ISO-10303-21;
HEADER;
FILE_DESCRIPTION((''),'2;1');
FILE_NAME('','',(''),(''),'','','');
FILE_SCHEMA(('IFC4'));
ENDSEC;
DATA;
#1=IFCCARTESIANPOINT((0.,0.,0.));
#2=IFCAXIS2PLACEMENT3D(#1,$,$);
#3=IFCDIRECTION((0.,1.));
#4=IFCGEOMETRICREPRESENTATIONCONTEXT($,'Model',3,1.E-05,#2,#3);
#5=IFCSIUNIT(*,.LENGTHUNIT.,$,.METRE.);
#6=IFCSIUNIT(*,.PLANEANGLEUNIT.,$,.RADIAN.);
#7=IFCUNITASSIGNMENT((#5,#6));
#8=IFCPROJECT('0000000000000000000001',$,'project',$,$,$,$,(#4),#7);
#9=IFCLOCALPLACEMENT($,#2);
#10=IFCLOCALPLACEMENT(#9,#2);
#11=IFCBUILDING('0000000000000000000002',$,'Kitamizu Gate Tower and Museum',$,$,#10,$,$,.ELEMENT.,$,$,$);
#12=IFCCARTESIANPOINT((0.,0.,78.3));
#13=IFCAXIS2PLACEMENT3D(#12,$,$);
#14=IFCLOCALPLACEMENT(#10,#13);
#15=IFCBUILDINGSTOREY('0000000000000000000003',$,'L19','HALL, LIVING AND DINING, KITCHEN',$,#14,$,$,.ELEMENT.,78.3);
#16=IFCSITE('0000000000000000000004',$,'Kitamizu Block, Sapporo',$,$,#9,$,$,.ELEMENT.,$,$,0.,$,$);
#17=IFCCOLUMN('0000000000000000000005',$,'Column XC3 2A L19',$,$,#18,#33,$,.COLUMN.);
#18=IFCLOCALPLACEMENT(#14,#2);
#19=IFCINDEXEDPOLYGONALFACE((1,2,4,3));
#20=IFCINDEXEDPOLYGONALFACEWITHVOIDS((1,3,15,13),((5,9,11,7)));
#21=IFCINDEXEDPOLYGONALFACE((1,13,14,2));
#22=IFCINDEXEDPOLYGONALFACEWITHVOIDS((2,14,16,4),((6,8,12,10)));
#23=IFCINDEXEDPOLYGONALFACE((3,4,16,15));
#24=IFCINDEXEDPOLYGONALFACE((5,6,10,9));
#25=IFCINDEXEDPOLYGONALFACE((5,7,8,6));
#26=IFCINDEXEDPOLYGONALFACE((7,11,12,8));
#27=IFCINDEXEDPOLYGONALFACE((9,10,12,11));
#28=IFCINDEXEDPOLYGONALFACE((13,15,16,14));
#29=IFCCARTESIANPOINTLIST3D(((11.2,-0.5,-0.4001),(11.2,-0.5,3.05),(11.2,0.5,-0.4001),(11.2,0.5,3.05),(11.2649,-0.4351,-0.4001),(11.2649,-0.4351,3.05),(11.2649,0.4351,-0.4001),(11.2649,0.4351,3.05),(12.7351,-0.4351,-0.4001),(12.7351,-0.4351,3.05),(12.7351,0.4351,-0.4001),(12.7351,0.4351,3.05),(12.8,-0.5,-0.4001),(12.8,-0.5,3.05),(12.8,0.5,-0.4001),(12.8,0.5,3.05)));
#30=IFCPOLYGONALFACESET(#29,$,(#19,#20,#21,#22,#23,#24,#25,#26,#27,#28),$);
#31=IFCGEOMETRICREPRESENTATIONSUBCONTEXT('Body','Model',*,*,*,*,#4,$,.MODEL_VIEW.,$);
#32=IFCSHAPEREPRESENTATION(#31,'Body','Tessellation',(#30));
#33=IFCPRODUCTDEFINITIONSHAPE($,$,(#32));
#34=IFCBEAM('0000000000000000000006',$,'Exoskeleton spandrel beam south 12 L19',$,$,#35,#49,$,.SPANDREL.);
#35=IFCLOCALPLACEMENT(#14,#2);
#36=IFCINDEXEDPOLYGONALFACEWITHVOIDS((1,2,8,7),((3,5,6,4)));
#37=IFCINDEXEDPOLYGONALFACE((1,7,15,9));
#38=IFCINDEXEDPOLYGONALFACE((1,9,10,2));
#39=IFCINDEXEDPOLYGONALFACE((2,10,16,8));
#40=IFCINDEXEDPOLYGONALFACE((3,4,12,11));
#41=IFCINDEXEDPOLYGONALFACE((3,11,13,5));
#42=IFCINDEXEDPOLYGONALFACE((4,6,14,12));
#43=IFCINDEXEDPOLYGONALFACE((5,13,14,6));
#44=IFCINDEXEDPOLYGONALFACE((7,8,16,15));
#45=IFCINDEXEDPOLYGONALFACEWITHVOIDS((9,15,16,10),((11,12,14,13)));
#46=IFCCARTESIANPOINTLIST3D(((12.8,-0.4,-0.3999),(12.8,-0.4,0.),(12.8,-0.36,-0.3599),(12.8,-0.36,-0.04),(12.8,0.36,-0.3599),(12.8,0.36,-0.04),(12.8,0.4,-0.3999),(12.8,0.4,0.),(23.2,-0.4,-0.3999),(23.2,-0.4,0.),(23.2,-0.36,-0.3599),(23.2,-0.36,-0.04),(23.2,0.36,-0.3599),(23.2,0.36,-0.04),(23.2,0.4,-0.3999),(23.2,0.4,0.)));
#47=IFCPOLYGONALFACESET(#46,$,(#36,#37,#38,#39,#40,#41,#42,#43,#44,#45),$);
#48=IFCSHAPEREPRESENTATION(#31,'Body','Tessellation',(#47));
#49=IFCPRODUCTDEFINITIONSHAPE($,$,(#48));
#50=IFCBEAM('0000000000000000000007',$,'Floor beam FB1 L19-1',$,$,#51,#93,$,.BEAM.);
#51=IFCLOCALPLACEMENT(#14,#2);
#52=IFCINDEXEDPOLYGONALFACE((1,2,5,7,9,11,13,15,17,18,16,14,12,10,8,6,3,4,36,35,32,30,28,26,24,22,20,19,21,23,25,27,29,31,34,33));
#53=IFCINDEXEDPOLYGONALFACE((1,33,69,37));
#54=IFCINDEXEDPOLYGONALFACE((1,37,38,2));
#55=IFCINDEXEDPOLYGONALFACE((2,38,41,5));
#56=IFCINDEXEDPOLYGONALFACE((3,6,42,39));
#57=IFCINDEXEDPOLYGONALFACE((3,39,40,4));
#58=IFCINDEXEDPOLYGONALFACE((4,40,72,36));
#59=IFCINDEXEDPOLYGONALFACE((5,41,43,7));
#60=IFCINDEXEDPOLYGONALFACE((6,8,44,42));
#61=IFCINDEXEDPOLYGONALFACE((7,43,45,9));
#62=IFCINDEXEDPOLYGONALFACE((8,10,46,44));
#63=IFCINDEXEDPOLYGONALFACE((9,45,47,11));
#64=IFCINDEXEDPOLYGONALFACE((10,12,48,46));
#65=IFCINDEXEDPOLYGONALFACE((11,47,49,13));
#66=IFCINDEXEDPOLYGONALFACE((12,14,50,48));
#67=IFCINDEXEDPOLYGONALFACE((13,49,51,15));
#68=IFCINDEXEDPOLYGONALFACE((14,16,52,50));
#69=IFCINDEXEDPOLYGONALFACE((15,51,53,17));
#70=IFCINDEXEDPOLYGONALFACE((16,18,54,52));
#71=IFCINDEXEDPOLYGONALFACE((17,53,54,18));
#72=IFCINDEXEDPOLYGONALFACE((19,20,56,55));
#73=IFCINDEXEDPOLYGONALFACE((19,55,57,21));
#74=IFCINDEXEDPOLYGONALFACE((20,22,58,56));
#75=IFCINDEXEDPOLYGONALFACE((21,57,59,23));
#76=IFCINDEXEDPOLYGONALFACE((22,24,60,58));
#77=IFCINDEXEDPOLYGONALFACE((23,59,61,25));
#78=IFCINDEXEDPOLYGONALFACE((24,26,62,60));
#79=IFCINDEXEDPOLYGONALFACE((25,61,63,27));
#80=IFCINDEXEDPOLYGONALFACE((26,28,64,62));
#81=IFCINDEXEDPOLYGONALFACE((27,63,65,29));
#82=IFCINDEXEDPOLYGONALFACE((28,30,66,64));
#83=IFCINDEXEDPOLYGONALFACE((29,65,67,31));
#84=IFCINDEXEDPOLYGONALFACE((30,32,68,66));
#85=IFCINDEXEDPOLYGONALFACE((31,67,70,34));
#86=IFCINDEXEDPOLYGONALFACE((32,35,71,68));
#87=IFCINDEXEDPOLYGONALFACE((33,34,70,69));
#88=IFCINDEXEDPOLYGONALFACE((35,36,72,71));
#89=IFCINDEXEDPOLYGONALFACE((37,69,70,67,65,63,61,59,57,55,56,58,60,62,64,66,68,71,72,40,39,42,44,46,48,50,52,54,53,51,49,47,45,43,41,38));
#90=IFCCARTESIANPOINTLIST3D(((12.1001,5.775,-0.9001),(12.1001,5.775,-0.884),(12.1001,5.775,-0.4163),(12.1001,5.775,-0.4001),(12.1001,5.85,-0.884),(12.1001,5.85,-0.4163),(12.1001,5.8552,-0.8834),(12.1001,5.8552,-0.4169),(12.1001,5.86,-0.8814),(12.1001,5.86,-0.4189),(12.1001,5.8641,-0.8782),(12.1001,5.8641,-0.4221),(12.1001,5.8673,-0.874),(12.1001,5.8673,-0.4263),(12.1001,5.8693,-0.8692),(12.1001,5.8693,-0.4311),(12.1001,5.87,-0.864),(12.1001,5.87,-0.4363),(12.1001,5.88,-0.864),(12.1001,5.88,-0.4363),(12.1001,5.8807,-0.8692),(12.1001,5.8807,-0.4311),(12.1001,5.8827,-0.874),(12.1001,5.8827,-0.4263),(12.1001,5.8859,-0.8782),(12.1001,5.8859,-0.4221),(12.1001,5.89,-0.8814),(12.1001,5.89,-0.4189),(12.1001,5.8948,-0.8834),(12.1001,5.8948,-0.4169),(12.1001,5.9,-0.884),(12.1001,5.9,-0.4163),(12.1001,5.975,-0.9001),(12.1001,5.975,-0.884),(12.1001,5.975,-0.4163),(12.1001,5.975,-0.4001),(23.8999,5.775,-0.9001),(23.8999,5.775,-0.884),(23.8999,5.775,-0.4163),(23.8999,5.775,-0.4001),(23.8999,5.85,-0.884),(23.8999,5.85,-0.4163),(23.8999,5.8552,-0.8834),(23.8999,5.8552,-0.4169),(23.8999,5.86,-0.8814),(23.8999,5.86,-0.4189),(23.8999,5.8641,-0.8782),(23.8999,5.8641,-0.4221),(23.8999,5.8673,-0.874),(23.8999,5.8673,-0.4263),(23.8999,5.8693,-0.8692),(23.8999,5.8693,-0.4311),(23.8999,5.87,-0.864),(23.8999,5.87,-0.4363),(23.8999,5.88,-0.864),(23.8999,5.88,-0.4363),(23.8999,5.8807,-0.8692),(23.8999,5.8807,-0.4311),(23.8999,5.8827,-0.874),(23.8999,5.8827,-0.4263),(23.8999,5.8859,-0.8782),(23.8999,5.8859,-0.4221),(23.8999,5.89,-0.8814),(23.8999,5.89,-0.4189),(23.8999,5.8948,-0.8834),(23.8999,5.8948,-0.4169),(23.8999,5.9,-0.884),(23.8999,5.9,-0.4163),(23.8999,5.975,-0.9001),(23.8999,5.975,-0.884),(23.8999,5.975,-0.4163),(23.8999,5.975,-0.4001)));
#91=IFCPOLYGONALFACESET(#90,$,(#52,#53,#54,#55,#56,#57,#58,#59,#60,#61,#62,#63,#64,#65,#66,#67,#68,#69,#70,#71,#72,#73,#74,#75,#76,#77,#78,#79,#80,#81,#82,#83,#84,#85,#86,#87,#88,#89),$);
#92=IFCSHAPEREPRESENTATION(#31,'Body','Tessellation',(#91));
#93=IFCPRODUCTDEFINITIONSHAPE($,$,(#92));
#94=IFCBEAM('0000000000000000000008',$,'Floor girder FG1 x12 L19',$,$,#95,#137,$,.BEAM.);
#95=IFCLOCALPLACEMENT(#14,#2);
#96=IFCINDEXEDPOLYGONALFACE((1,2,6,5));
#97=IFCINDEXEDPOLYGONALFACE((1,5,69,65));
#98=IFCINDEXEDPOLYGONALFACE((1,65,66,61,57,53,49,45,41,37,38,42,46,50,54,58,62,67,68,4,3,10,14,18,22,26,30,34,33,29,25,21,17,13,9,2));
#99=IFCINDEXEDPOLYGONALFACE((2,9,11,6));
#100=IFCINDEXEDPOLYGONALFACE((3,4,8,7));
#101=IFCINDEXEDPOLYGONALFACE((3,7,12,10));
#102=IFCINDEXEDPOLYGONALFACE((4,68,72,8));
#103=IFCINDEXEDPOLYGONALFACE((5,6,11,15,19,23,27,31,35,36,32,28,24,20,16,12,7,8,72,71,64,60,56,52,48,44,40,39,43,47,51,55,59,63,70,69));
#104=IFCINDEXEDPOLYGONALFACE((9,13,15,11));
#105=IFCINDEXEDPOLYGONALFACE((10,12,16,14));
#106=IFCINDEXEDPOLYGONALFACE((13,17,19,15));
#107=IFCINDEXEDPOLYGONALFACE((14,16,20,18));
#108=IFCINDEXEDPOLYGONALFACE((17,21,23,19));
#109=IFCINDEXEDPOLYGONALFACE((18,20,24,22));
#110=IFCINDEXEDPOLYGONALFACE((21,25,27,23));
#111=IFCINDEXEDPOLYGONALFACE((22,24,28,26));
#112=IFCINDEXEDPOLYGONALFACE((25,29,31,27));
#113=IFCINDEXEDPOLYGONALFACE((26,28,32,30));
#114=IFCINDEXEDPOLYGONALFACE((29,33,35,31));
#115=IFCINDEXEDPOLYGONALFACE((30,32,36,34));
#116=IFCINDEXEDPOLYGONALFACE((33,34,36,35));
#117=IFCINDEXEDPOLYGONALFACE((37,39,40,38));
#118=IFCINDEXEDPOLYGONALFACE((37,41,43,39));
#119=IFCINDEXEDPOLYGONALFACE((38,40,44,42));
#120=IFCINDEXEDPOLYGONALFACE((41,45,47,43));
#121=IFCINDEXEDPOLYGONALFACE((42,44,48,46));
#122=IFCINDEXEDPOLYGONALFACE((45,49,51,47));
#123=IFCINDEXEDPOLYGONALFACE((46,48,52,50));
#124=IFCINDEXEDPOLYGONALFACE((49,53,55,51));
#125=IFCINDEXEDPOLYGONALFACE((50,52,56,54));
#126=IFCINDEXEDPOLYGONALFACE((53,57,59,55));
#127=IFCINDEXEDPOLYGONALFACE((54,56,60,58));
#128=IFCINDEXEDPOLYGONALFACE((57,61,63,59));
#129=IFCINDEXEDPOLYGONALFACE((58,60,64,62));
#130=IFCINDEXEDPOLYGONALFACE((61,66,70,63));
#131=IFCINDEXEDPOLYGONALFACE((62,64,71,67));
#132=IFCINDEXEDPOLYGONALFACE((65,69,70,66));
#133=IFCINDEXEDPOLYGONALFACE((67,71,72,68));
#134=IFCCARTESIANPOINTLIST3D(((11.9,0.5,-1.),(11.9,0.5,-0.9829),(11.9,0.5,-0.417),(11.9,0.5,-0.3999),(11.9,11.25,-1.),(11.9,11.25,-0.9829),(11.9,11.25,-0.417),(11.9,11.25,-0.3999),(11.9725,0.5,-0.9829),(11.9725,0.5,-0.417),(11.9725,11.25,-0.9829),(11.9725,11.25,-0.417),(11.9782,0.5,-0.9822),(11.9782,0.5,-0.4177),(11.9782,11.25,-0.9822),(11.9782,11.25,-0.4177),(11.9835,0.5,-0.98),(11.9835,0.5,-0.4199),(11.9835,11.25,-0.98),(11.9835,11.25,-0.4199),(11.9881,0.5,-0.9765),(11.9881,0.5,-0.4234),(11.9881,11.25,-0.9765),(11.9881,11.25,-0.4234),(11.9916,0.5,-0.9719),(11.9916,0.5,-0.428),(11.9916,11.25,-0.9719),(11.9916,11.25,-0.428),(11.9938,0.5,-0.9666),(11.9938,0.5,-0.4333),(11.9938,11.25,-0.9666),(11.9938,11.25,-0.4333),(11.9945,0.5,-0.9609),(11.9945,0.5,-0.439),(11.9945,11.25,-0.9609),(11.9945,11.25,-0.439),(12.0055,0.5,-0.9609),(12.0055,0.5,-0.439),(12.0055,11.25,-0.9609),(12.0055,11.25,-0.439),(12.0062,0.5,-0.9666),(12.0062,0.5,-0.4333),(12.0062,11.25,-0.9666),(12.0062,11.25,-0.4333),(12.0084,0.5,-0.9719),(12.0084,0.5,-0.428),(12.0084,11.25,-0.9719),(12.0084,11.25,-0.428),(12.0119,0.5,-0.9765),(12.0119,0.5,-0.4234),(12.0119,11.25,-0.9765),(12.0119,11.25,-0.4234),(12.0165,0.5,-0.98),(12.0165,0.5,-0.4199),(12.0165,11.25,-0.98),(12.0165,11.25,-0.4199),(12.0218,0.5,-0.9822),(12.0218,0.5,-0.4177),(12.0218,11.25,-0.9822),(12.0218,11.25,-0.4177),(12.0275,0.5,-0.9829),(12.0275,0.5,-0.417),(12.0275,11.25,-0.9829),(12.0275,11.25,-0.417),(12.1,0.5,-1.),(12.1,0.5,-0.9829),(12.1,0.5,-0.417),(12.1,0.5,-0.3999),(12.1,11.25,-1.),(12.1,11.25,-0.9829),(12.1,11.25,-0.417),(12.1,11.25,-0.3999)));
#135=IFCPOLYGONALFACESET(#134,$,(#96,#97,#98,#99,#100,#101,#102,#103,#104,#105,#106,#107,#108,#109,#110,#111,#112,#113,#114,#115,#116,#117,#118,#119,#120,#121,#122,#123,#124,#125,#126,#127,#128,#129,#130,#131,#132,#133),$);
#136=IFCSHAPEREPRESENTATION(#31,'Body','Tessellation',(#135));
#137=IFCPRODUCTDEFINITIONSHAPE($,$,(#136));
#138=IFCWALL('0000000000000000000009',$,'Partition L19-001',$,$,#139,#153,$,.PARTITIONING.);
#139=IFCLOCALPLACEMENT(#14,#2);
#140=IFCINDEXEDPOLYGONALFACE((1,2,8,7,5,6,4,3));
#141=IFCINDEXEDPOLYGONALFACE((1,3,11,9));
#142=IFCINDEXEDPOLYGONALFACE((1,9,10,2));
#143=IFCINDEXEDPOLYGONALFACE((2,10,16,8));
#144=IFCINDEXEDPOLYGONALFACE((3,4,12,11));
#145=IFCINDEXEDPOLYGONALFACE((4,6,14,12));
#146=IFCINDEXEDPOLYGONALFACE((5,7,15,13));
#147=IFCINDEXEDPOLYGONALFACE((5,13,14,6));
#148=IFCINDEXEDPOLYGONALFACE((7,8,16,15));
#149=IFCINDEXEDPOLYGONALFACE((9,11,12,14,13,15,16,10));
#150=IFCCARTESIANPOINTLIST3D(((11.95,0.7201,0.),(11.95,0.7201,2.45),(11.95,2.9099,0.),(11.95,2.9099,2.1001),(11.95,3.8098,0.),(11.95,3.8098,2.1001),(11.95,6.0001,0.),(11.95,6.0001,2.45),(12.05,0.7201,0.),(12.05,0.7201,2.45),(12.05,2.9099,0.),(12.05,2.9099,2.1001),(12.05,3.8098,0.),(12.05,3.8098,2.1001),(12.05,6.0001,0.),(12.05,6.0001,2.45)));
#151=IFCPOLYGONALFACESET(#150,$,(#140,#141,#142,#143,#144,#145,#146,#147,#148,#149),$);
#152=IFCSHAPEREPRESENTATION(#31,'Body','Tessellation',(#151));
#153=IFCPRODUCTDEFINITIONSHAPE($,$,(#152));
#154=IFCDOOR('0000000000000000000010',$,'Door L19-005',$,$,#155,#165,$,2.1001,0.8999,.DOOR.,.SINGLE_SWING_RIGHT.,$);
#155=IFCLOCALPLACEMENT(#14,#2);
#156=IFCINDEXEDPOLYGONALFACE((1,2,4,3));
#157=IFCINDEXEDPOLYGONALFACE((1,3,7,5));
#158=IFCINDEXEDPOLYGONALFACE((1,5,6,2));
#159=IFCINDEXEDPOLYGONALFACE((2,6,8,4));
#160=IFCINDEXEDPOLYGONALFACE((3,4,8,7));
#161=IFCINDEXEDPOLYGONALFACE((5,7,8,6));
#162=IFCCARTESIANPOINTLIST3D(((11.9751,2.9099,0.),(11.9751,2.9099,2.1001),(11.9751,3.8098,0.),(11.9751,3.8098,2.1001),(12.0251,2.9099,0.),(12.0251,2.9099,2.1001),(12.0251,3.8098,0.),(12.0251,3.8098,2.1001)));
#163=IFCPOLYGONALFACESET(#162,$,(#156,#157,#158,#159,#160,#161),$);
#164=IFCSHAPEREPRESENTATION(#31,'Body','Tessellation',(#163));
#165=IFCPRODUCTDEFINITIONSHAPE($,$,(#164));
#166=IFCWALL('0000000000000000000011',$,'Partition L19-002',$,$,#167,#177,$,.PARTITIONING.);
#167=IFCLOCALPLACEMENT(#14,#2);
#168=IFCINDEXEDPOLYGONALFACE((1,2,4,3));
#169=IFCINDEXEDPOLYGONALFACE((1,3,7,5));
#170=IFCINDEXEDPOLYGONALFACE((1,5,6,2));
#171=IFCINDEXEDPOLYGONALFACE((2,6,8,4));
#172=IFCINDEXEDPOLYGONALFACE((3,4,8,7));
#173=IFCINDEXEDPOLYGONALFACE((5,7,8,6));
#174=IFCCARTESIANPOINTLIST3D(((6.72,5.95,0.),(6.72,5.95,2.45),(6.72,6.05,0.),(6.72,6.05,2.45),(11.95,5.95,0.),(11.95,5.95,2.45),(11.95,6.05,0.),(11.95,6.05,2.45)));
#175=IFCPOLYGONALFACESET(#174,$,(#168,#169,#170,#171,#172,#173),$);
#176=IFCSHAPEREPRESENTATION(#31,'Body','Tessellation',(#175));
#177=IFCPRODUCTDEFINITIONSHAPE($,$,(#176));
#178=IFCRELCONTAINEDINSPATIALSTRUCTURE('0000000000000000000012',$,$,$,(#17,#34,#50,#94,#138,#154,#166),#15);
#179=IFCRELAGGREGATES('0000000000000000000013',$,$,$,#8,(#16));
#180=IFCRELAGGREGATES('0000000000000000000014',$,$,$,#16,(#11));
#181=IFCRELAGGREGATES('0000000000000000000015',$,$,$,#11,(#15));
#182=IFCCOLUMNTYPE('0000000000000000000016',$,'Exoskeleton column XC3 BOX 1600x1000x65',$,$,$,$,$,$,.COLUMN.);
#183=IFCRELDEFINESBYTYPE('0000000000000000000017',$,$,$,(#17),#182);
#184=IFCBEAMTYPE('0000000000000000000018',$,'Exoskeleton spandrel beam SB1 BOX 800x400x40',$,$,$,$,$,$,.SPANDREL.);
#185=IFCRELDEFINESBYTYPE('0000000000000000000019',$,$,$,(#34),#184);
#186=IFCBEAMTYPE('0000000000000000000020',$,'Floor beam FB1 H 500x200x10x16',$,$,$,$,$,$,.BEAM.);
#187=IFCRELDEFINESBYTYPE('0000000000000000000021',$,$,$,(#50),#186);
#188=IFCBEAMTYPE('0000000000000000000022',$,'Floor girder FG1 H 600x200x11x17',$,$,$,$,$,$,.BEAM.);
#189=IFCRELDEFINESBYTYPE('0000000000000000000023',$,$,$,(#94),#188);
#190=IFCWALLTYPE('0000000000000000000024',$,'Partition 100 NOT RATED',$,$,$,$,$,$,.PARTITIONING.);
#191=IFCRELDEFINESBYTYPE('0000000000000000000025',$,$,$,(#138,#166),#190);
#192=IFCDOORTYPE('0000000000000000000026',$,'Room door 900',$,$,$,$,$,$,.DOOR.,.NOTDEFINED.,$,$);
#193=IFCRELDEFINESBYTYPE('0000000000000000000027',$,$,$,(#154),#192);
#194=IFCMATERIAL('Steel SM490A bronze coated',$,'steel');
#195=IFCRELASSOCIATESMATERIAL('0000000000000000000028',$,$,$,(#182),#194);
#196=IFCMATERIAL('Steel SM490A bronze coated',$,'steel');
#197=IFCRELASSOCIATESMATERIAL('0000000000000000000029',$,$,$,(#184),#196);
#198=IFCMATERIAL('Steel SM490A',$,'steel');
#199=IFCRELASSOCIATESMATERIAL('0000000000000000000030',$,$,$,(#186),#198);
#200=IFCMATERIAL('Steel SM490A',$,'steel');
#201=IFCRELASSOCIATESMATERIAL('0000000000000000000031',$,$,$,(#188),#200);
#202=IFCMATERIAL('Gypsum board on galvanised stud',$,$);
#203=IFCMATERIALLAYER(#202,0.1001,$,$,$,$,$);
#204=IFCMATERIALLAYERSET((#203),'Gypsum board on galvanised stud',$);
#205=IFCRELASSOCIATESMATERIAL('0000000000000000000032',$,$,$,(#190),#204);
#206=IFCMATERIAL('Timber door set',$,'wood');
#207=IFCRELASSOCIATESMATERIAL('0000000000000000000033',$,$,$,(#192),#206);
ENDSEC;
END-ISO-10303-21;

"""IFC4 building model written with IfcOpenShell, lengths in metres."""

from ifc_helpers import new_model, si_unit, direction, frame, frame_2d, origin, origin_2d, place, context, subcontext, project, spatial, rectangle, hollow_rectangle, i_section, extrude, material, layer, layer_set, material_profile, profile_set, type_object, element, fill, save


model = new_model("IFC4")

# Units and contexts
model_context = context("Model", 3, precision=1e-05, world=origin(), true_north=direction((0.0, 1.0)))
body_context = subcontext(model_context, "Body", "Model", "MODEL_VIEW")
ifc_project = project(units=[si_unit("LENGTHUNIT", "METRE"), si_unit("PLANEANGLEUNIT", "RADIAN")], contexts=[model_context])

# Site, building, storey
site_placement = place(None, origin())
site = spatial("IfcSite", under=ifc_project, at=site_placement, Name="Kitamizu Block, Sapporo", CompositionType="ELEMENT", RefElevation=0.0)
building_placement = place(site_placement, origin())
building = spatial("IfcBuilding", under=site, at=building_placement, Name="Kitamizu Gate Tower and Museum", CompositionType="ELEMENT")
storey_placement = place(building_placement, frame((0.0, 0.0, 78.3)))
storey = spatial("IfcBuildingStorey", under=building, at=storey_placement, Name="L19", Description="HALL, LIVING AND DINING, KITCHEN", CompositionType="ELEMENT", Elevation=78.3)

# Column
ifc_material_1 = material(Name="Steel SM490A bronze coated", Category="steel")
ifc_material_profile_1 = material_profile(ifc_material_1, hollow_rectangle(XDim=1.6001, YDim=1.0, WallThickness=0.0649, at=origin_2d()), Name="BOX 1600x1000x65")
ifc_profile_set_1 = profile_set([ifc_material_profile_1], Name="Steel SM490A bronze coated")
column_type = type_object("IfcColumnType", Name="Exoskeleton column XC3 BOX 1600x1000x65", PredefinedType="COLUMN", material=ifc_profile_set_1)
column_placement = place(storey_placement, frame((12.0, 0.0, -0.4001), z_axis=(0.0, 0.0, 1.0), x_axis=(1.0, 0.0, 0.0)))
element("IfcColumn", 1, at=column_placement, inside=storey, type_object=column_type, Name="Column XC3 2A L19", PredefinedType="COLUMN", context=body_context, shape_type="SweptSolid", body=[
    extrude(hollow_rectangle(XDim=1.6001, YDim=1.0, WallThickness=0.0649, at=origin_2d()), origin(), (0.0, 0.0, 1.0), 3.4502),
])

# Beams
ifc_material_2 = material(Name="Steel SM490A bronze coated", Category="steel")
ifc_material_profile_2 = material_profile(ifc_material_2, hollow_rectangle(XDim=0.8, YDim=0.3999, WallThickness=0.04, at=origin_2d()), Name="BOX 800x400x40")
ifc_profile_set_2 = profile_set([ifc_material_profile_2], Name="Steel SM490A bronze coated")
beam_type_1 = type_object("IfcBeamType", Name="Exoskeleton spandrel beam SB1 BOX 800x400x40", PredefinedType="SPANDREL", material=ifc_profile_set_2)
beam_1_placement = place(storey_placement, frame((12.8, 0.0, -0.2), z_axis=(1.0, 0.0, 0.0), x_axis=(0.0, 1.0, 0.0)))
element("IfcBeam", 2, at=beam_1_placement, inside=storey, type_object=beam_type_1, Name="Exoskeleton spandrel beam south 12 L19", PredefinedType="SPANDREL", context=body_context, shape_type="SweptSolid", body=[
    extrude(hollow_rectangle(XDim=0.8, YDim=0.3999, WallThickness=0.04, at=origin_2d()), origin(), (0.0, 0.0, 1.0), 10.3999),
])
ifc_material_3 = material(Name="Steel SM490A", Category="steel")
ifc_material_profile_3 = material_profile(ifc_material_3, i_section(OverallWidth=0.2, OverallDepth=0.5, WebThickness=0.01, FlangeThickness=0.0161, FilletRadius=0.02, at=origin_2d()), Name="H-500x200x10x16")
ifc_profile_set_3 = profile_set([ifc_material_profile_3], Name="Steel SM490A")
beam_type_2 = type_object("IfcBeamType", Name="Floor beam FB1 H 500x200x10x16", PredefinedType="BEAM", material=ifc_profile_set_3)
beam_2_placement = place(storey_placement, frame((12.1001, 5.875, -0.6501), z_axis=(1.0, 0.0, 0.0), x_axis=(0.0, 1.0, 0.0)))
element("IfcBeam", 3, at=beam_2_placement, inside=storey, type_object=beam_type_2, Name="Floor beam FB1 L19-1", PredefinedType="BEAM", context=body_context, shape_type="SweptSolid", body=[
    extrude(i_section(OverallWidth=0.2, OverallDepth=0.5, WebThickness=0.01, FlangeThickness=0.0161, FilletRadius=0.02, at=origin_2d()), origin(), (0.0, 0.0, 1.0), 11.7998),
])
ifc_material_4 = material(Name="Steel SM490A", Category="steel")
ifc_material_profile_4 = material_profile(ifc_material_4, i_section(OverallWidth=0.2, OverallDepth=0.6001, WebThickness=0.011, FlangeThickness=0.0171, FilletRadius=0.022, at=origin_2d()), Name="H-600x200x11x17")
ifc_profile_set_4 = profile_set([ifc_material_profile_4], Name="Steel SM490A")
beam_type_3 = type_object("IfcBeamType", Name="Floor girder FG1 H 600x200x11x17", PredefinedType="BEAM", material=ifc_profile_set_4)
beam_3_placement = place(storey_placement, frame((12.0, 0.5, -0.7), z_axis=(0.0, 1.0, 0.0), x_axis=(-1.0, 0.0, 0.0)))
element("IfcBeam", 4, at=beam_3_placement, inside=storey, type_object=beam_type_3, Name="Floor girder FG1 x12 L19", PredefinedType="BEAM", context=body_context, shape_type="SweptSolid", body=[
    extrude(i_section(OverallWidth=0.2, OverallDepth=0.6001, WebThickness=0.011, FlangeThickness=0.0171, FilletRadius=0.022, at=origin_2d()), origin(), (0.0, 0.0, 1.0), 10.75),
])

# Wall, opening, door
ifc_material_5 = material(Name="Gypsum board on galvanised stud")
ifc_layer_1 = layer(ifc_material_5, 0.1001)
ifc_layer_set_1 = layer_set([ifc_layer_1], Name="Gypsum board on galvanised stud")
wall_type_1 = type_object("IfcWallType", Name="Partition 100 NOT RATED", PredefinedType="PARTITIONING", material=ifc_layer_set_1)
wall_1_placement = place(storey_placement, frame((12.0, 0.72, 0.0), z_axis=(0.0, 0.0, 1.0), x_axis=(0.0, 1.0, 0.0)))
wall_1 = element("IfcWall", 5, at=wall_1_placement, inside=storey, type_object=wall_type_1, Name="Partition L19-001", PredefinedType="PARTITIONING", context=body_context, shape_type="SweptSolid", body=[
    extrude(rectangle(XDim=5.28, YDim=0.1001, at=frame_2d((2.6401, 0.0))), origin(), (0.0, 0.0, 1.0), 2.45),
])
opening_1_placement = place(wall_1_placement, frame((2.1899, 0.0, 0.0)))
opening_1 = element("IfcOpeningElement", 6, at=opening_1_placement, cuts=wall_1, PredefinedType="OPENING", context=body_context, shape_type="SweptSolid", body=[
    extrude(rectangle(XDim=0.8999, YDim=2.1001, at=frame_2d((0.45, 1.05))), frame((0.0, 0.0601, 0.0), z_axis=(0.0, -1.0, 0.0), x_axis=(1.0, 0.0, 0.0)), (0.0, 0.0, 1.0), 0.1201),
])
ifc_material_6 = material(Name="Timber door set", Category="wood")
door_type = type_object("IfcDoorType", Name="Room door 900", OperationType="NOTDEFINED", PredefinedType="DOOR", material=ifc_material_6)
door_1_placement = place(opening_1_placement, origin())
door_1 = element("IfcDoor", 7, at=door_1_placement, inside=storey, type_object=door_type, Name="Door L19-005", OperationType="SINGLE_SWING_RIGHT", OverallHeight=2.1001, OverallWidth=0.8999, PredefinedType="DOOR", context=body_context, shape_type="SweptSolid", body=[
    extrude(rectangle(XDim=0.8999, YDim=2.1001, at=frame_2d((0.45, 1.05))), frame((0.0, 0.0249, 0.0), z_axis=(0.0, -1.0, 0.0), x_axis=(1.0, 0.0, 0.0)), (0.0, 0.0, 1.0), 0.05),
])
fill(opening_1, door_1)

# Wall
wall_2_placement = place(storey_placement, frame((11.95, 6.0, 0.0), z_axis=(0.0, 0.0, 1.0), x_axis=(-1.0, 0.0, 0.0)))
element("IfcWall", 8, at=wall_2_placement, inside=storey, type_object=wall_type_1, Name="Partition L19-002", PredefinedType="PARTITIONING", context=body_context, shape_type="SweptSolid", body=[
    extrude(rectangle(XDim=5.23, YDim=0.1001, at=frame_2d((2.615, 0.0))), origin(), (0.0, 0.0, 1.0), 2.45),
])

save(model, "model.ifc")
